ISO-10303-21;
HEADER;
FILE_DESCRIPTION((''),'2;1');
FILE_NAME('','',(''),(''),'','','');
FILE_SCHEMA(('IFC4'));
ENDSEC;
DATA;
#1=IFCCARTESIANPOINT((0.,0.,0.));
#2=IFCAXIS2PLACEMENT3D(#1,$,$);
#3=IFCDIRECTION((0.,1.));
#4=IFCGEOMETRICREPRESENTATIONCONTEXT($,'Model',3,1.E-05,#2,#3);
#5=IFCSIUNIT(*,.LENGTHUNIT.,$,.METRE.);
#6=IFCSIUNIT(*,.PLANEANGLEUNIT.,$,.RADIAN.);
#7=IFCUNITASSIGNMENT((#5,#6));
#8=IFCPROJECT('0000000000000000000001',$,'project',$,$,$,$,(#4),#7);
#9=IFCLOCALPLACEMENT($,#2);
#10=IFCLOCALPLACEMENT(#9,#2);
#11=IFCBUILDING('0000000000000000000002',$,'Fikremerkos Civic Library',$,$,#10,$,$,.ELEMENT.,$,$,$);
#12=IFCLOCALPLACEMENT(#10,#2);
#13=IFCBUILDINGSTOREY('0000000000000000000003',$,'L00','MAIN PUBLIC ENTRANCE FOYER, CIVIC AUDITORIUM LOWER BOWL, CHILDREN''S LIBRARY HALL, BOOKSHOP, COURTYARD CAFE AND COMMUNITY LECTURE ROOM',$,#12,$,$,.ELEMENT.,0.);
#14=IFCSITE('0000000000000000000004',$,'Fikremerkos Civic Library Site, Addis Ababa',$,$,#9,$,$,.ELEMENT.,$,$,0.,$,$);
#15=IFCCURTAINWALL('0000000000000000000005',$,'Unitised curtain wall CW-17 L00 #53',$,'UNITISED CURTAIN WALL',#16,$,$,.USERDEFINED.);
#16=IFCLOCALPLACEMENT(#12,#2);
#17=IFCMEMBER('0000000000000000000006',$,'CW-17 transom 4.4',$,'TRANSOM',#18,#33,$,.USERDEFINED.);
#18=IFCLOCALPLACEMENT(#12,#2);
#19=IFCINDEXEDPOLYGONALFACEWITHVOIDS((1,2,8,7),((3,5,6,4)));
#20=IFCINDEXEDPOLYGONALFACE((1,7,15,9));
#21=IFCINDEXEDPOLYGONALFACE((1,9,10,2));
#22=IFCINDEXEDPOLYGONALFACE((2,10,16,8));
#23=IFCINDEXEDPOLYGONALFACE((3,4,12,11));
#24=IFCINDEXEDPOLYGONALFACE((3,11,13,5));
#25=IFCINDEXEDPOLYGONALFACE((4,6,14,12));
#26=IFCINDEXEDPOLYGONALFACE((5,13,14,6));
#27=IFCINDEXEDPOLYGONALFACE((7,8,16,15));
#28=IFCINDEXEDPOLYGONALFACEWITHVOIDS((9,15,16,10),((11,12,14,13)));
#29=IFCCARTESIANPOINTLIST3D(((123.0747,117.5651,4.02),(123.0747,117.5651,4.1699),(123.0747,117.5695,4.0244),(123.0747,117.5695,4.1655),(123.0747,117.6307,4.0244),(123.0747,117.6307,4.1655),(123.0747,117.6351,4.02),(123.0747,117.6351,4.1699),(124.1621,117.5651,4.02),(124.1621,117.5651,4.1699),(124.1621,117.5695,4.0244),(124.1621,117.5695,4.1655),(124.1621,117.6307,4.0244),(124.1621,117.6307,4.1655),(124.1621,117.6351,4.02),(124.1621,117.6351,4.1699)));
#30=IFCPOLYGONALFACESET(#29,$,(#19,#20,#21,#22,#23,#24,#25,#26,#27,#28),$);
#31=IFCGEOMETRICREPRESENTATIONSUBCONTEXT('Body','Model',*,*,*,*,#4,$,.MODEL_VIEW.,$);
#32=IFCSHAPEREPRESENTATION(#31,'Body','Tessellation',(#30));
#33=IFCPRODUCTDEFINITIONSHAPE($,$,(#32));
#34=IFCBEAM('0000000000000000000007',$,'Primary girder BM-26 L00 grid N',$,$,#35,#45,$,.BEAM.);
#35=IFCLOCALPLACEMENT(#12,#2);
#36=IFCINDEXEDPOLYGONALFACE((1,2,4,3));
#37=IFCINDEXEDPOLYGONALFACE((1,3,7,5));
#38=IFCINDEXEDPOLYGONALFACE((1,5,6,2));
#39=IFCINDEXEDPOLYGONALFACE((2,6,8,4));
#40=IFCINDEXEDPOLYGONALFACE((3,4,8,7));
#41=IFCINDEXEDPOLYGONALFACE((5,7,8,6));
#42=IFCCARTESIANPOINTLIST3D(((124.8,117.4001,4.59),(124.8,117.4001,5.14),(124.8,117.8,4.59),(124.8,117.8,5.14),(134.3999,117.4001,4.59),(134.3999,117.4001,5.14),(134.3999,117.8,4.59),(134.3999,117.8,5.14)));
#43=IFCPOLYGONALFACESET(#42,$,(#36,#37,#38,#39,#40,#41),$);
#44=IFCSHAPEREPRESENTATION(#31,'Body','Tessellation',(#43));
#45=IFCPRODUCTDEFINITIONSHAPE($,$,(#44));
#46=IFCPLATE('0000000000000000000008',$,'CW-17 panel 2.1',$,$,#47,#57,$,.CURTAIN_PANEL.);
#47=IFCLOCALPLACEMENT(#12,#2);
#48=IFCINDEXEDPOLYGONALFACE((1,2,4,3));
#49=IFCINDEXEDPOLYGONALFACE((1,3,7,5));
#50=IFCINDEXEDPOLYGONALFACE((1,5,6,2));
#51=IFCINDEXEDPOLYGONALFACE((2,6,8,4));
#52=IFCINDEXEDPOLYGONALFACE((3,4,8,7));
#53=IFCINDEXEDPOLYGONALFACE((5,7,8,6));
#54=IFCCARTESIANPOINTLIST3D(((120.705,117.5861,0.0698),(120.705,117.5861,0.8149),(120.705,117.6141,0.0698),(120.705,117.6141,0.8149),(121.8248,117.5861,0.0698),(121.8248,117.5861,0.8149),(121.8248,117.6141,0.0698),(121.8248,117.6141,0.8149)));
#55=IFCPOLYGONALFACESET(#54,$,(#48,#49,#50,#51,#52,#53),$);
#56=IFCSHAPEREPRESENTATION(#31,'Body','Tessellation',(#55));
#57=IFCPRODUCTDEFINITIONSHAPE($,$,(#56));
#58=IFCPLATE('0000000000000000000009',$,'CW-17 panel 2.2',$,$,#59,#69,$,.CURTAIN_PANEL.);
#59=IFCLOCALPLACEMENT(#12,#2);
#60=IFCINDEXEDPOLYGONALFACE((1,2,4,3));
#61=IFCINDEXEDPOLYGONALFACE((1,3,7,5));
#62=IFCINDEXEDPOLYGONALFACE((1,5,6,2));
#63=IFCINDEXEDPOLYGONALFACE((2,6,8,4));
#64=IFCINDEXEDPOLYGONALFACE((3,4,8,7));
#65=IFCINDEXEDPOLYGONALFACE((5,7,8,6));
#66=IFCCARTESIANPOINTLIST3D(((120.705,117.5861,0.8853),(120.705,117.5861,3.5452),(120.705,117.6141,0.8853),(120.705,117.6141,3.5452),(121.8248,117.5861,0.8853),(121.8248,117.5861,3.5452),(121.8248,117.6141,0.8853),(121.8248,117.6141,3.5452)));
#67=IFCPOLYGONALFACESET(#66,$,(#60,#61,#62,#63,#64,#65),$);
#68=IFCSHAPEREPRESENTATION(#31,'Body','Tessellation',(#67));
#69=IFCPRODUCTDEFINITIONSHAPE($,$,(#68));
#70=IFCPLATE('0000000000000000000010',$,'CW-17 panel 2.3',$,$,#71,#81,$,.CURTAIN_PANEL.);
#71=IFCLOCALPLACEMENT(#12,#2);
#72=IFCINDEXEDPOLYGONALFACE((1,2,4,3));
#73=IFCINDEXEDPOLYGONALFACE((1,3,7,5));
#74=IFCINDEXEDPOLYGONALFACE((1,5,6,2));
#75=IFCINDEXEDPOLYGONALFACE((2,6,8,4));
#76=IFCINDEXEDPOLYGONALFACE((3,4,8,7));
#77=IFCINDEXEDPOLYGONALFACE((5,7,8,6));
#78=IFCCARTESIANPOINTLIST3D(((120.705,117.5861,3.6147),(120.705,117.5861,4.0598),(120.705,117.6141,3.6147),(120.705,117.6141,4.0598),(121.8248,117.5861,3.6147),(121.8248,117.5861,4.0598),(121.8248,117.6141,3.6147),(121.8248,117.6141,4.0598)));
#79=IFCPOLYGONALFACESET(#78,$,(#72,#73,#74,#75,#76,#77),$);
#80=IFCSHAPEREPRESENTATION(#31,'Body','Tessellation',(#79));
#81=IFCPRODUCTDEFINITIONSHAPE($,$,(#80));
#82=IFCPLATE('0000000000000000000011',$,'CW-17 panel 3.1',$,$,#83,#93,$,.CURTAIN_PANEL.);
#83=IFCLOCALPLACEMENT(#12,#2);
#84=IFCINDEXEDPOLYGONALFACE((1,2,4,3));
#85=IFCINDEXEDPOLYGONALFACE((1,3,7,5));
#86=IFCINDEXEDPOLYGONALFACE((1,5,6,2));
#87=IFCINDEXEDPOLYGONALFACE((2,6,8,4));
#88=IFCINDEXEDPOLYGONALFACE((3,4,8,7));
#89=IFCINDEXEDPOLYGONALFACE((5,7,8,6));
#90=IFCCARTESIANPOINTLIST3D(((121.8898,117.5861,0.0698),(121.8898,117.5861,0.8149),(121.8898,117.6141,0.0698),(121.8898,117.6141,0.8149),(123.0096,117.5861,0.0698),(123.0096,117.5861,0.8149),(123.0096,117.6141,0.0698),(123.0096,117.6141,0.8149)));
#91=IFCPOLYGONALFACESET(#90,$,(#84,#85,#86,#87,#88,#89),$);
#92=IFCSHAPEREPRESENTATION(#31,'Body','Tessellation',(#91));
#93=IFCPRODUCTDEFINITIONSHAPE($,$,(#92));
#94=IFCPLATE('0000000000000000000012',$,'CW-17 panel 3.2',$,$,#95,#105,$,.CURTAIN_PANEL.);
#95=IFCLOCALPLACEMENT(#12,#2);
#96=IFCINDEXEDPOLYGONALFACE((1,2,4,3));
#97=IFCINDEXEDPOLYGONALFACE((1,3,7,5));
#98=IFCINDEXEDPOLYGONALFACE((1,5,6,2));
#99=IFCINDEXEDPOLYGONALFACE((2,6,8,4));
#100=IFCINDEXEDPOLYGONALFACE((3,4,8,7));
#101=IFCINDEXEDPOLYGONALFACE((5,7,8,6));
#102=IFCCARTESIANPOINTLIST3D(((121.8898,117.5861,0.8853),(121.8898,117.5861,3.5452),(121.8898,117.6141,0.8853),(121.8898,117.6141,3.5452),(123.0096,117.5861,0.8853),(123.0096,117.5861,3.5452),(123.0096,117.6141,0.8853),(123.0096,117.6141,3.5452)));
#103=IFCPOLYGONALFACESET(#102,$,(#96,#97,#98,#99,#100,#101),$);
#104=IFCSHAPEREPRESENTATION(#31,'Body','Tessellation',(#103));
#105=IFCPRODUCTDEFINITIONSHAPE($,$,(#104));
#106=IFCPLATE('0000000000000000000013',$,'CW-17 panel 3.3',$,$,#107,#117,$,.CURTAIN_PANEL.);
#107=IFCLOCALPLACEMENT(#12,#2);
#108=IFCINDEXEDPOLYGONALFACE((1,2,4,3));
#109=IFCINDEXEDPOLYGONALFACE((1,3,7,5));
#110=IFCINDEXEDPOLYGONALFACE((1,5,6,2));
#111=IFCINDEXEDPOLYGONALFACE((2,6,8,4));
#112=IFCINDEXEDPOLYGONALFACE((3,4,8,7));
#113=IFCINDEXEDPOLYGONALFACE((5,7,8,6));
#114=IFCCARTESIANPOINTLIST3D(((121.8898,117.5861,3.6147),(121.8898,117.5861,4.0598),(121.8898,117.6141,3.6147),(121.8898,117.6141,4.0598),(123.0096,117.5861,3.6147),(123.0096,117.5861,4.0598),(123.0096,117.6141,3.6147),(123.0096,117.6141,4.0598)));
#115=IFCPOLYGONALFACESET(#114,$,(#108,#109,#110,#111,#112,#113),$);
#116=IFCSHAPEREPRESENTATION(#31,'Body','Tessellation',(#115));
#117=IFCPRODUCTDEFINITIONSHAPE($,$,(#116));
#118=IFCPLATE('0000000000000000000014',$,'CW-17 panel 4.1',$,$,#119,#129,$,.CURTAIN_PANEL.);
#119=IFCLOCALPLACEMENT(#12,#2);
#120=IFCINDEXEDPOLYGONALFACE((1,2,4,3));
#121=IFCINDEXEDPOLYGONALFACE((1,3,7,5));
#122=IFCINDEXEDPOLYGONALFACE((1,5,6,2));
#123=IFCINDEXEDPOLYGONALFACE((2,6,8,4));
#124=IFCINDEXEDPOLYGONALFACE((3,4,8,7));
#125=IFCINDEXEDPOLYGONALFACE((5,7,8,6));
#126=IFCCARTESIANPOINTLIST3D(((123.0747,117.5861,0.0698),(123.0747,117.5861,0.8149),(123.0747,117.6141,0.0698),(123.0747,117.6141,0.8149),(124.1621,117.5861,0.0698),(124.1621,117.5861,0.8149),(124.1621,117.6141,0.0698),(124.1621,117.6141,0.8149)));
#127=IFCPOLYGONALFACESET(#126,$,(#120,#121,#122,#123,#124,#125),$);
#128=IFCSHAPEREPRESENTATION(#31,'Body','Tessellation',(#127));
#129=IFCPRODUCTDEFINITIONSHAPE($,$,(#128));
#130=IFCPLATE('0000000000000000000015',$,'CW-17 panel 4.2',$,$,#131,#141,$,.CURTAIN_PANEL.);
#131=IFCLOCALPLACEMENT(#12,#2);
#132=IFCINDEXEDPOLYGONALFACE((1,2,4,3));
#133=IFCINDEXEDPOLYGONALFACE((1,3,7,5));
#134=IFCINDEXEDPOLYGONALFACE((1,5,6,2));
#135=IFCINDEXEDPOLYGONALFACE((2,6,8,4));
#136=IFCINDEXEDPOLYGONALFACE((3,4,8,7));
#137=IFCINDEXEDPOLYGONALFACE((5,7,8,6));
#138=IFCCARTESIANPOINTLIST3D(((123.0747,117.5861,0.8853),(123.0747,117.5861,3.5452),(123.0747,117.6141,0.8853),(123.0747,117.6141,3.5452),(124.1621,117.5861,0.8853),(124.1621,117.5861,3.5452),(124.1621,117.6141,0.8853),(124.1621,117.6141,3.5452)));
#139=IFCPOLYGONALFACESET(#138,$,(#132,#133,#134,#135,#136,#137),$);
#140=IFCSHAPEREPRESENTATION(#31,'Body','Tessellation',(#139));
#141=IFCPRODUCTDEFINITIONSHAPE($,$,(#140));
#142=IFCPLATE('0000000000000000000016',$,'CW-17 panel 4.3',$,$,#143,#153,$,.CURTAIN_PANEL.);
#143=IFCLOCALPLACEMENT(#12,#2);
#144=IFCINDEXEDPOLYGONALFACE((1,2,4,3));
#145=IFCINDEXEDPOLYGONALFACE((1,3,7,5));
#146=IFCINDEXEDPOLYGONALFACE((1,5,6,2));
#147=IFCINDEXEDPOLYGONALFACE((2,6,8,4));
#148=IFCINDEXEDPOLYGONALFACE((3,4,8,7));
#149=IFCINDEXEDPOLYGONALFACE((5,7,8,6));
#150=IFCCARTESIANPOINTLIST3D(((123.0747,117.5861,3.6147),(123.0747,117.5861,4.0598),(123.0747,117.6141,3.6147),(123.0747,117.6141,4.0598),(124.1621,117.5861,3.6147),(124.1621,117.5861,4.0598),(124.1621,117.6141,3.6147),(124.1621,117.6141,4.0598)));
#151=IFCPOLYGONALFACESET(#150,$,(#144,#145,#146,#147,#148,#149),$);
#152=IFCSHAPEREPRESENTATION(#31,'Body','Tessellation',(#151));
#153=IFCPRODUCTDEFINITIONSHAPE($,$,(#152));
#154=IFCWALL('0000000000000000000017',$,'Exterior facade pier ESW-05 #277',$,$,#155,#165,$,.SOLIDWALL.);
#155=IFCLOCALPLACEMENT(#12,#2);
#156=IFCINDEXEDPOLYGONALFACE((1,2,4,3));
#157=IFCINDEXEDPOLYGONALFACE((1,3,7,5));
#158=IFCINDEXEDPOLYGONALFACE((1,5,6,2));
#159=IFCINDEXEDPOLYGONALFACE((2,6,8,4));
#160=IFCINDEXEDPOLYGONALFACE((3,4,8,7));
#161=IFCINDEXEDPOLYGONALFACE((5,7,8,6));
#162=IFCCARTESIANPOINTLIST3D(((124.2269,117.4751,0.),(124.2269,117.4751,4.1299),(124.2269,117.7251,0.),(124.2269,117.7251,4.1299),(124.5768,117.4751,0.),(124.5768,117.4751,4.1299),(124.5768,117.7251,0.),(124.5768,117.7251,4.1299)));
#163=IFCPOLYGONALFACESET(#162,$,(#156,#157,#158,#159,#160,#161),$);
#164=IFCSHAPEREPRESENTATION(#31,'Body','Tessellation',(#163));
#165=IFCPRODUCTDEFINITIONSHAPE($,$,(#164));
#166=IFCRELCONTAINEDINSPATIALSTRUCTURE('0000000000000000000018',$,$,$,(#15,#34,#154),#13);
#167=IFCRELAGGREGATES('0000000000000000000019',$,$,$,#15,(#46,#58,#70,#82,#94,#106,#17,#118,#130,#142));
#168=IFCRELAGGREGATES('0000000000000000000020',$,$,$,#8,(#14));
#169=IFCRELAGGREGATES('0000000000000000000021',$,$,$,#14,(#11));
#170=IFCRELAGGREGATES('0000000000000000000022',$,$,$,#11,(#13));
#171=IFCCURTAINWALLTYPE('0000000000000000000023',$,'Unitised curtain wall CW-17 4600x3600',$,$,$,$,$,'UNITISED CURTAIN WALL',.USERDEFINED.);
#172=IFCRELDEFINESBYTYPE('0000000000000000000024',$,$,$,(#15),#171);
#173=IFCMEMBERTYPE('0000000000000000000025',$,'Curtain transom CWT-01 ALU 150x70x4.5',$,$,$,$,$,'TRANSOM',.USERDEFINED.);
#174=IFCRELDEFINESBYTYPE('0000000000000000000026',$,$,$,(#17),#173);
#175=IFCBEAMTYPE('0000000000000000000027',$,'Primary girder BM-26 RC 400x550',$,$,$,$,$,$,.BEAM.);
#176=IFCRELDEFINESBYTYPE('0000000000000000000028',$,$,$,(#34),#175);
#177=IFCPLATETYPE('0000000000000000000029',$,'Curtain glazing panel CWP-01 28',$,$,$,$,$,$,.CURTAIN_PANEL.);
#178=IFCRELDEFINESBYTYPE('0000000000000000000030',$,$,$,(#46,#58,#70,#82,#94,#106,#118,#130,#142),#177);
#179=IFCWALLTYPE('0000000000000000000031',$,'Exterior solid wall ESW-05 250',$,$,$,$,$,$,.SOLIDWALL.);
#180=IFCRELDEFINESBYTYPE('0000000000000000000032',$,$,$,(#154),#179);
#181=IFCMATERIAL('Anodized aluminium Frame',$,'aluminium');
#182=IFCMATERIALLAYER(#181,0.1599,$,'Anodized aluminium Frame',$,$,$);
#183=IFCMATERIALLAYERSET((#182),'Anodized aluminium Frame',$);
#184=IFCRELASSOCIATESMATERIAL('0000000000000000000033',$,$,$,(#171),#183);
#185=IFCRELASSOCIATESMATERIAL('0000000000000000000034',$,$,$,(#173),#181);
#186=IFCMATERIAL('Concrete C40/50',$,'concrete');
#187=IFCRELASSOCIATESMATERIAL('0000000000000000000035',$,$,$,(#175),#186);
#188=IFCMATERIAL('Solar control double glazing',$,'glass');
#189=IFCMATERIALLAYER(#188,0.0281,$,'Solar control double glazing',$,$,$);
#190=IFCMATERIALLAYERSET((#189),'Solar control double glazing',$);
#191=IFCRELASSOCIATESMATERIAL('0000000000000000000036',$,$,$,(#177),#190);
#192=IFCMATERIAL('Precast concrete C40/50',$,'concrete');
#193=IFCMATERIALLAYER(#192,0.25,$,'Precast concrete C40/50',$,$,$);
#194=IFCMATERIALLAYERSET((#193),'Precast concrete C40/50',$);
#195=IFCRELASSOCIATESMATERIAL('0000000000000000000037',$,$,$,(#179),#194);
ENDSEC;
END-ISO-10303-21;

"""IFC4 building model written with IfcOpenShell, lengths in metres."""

from ifc_helpers import new_model, si_unit, direction, frame, frame_2d, origin, origin_2d, place, context, subcontext, project, spatial, rectangle, hollow_rectangle, extrude, material, layer, layer_set, material_profile, profile_set, type_object, element, aggregate, save


model = new_model("IFC4")

# Units and contexts
model_context = context("Model", 3, precision=1e-05, world=origin(), true_north=direction((0.0, 1.0)))
body_context = subcontext(model_context, "Body", "Model", "MODEL_VIEW")
ifc_project = project(units=[si_unit("LENGTHUNIT", "METRE"), si_unit("PLANEANGLEUNIT", "RADIAN")], contexts=[model_context])

# Site, building, storey
site_placement = place(None, origin())
site = spatial("IfcSite", under=ifc_project, at=site_placement, Name="Fikremerkos Civic Library Site, Addis Ababa", CompositionType="ELEMENT", RefElevation=0.0)
building_placement = place(site_placement, origin())
building = spatial("IfcBuilding", under=site, at=building_placement, Name="Fikremerkos Civic Library", CompositionType="ELEMENT")
storey_placement = place(building_placement, origin())
storey = spatial("IfcBuildingStorey", under=building, at=storey_placement, Name="L00", Description="MAIN PUBLIC ENTRANCE FOYER, CIVIC AUDITORIUM LOWER BOWL, CHILDREN'S LIBRARY HALL, BOOKSHOP, COURTYARD CAFE AND COMMUNITY LECTURE ROOM", CompositionType="ELEMENT", Elevation=0.0)

# Shared definitions
ifc_material_1 = material(Name="Concrete C40/50", Category="concrete")

# Curtain wall, member
ifc_material_2 = material(Name="Anodized aluminium Frame", Category="aluminium")
ifc_layer_1 = layer(ifc_material_2, 0.1599, Name="Anodized aluminium Frame")
ifc_layer_set_1 = layer_set([ifc_layer_1], Name="Anodized aluminium Frame")
curtain_wall_type = type_object("IfcCurtainWallType", Name="Unitised curtain wall CW-17 4600x3600", ElementType="UNITISED CURTAIN WALL", PredefinedType="USERDEFINED", material=ifc_layer_set_1)
curtain_wall_placement = place(storey_placement, origin())
curtain_wall = element("IfcCurtainWall", 1, at=curtain_wall_placement, inside=storey, type_object=curtain_wall_type, Name="Unitised curtain wall CW-17 L00 #53", ObjectType="UNITISED CURTAIN WALL", PredefinedType="USERDEFINED")
ifc_material_profile_1 = material_profile(ifc_material_2, hollow_rectangle(XDim=0.0701, YDim=0.1499, WallThickness=0.0044, at=origin_2d()), Name="ALU 150x70x4.5")
ifc_profile_set_1 = profile_set([ifc_material_profile_1], Name="Anodized aluminium Frame")
member_type_1 = type_object("IfcMemberType", Name="Curtain transom CWT-01 ALU 150x70x4.5", ElementType="TRANSOM", PredefinedType="USERDEFINED", material=ifc_profile_set_1)
member_1_placement = place(storey_placement, frame((123.0747, 117.6001, 4.095), z_axis=(1.0, 0.0, 0.0), x_axis=(0.0, 1.0, 0.0)))
member_1 = element("IfcMember", 2, at=member_1_placement, type_object=member_type_1, Name="CW-17 transom 4.4", ObjectType="TRANSOM", PredefinedType="USERDEFINED", context=body_context, shape_type="SweptSolid", body=[
    extrude(hollow_rectangle(XDim=0.0701, YDim=0.1499, WallThickness=0.0044, at=origin_2d()), origin(), (0.0, 0.0, 1.0), 1.0874),
])

# Beam
ifc_material_profile_2 = material_profile(ifc_material_1, rectangle(XDim=0.3999, YDim=0.55, at=origin_2d()), Name="RC 400x550")
ifc_profile_set_2 = profile_set([ifc_material_profile_2], Name="Concrete C40/50")
beam_type = type_object("IfcBeamType", Name="Primary girder BM-26 RC 400x550", PredefinedType="BEAM", material=ifc_profile_set_2)
beam_placement = place(storey_placement, frame((124.8, 117.6001, 4.865), z_axis=(1.0, 0.0, 0.0), x_axis=(0.0, 1.0, 0.0)))
element("IfcBeam", 3, at=beam_placement, inside=storey, type_object=beam_type, Name="Primary girder BM-26 L00 grid N", PredefinedType="BEAM", context=body_context, shape_type="SweptSolid", body=[
    extrude(rectangle(XDim=0.3999, YDim=0.55, at=origin_2d()), origin(), (0.0, 0.0, 1.0), 9.5999),
])

# Plates
ifc_material_3 = material(Name="Solar control double glazing", Category="glass")
ifc_layer_2 = layer(ifc_material_3, 0.0281, Name="Solar control double glazing")
ifc_layer_set_2 = layer_set([ifc_layer_2], Name="Solar control double glazing")
plate_type = type_object("IfcPlateType", Name="Curtain glazing panel CWP-01 28", PredefinedType="CURTAIN_PANEL", material=ifc_layer_set_2)
plate_1_placement = place(storey_placement, frame((121.2649, 117.6001, 0.0698), z_axis=(0.0, 0.0, 1.0), x_axis=(1.0, 0.0, 0.0)))
plate_1 = element("IfcPlate", 4, at=plate_1_placement, type_object=plate_type, Name="CW-17 panel 2.1", PredefinedType="CURTAIN_PANEL", context=body_context, shape_type="SweptSolid", body=[
    extrude(rectangle(XDim=1.1199, YDim=0.0281, at=origin_2d()), origin(), (0.0, 0.0, 1.0), 0.7451),
])
plate_2_placement = place(storey_placement, frame((121.2649, 117.6001, 0.8853), z_axis=(0.0, 0.0, 1.0), x_axis=(1.0, 0.0, 0.0)))
plate_2 = element("IfcPlate", 5, at=plate_2_placement, type_object=plate_type, Name="CW-17 panel 2.2", PredefinedType="CURTAIN_PANEL", context=body_context, shape_type="SweptSolid", body=[
    extrude(rectangle(XDim=1.1199, YDim=0.0281, at=origin_2d()), origin(), (0.0, 0.0, 1.0), 2.6599),
])
plate_3_placement = place(storey_placement, frame((121.2649, 117.6001, 3.6147), z_axis=(0.0, 0.0, 1.0), x_axis=(1.0, 0.0, 0.0)))
plate_3 = element("IfcPlate", 6, at=plate_3_placement, type_object=plate_type, Name="CW-17 panel 2.3", PredefinedType="CURTAIN_PANEL", context=body_context, shape_type="SweptSolid", body=[
    extrude(rectangle(XDim=1.1199, YDim=0.0281, at=origin_2d()), origin(), (0.0, 0.0, 1.0), 0.4451),
])
plate_4_placement = place(storey_placement, frame((122.4497, 117.6001, 0.0698), z_axis=(0.0, 0.0, 1.0), x_axis=(1.0, 0.0, 0.0)))
plate_4 = element("IfcPlate", 7, at=plate_4_placement, type_object=plate_type, Name="CW-17 panel 3.1", PredefinedType="CURTAIN_PANEL", context=body_context, shape_type="SweptSolid", body=[
    extrude(rectangle(XDim=1.1199, YDim=0.0281, at=origin_2d()), origin(), (0.0, 0.0, 1.0), 0.7451),
])
plate_5_placement = place(storey_placement, frame((122.4497, 117.6001, 0.8853), z_axis=(0.0, 0.0, 1.0), x_axis=(1.0, 0.0, 0.0)))
plate_5 = element("IfcPlate", 8, at=plate_5_placement, type_object=plate_type, Name="CW-17 panel 3.2", PredefinedType="CURTAIN_PANEL", context=body_context, shape_type="SweptSolid", body=[
    extrude(rectangle(XDim=1.1199, YDim=0.0281, at=origin_2d()), origin(), (0.0, 0.0, 1.0), 2.6599),
])
plate_6_placement = place(storey_placement, frame((122.4497, 117.6001, 3.6147), z_axis=(0.0, 0.0, 1.0), x_axis=(1.0, 0.0, 0.0)))
plate_6 = element("IfcPlate", 9, at=plate_6_placement, type_object=plate_type, Name="CW-17 panel 3.3", PredefinedType="CURTAIN_PANEL", context=body_context, shape_type="SweptSolid", body=[
    extrude(rectangle(XDim=1.1199, YDim=0.0281, at=origin_2d()), origin(), (0.0, 0.0, 1.0), 0.4451),
])
plate_7_placement = place(storey_placement, frame((123.6184, 117.6001, 0.0698), z_axis=(0.0, 0.0, 1.0), x_axis=(1.0, 0.0, 0.0)))
plate_7 = element("IfcPlate", 10, at=plate_7_placement, type_object=plate_type, Name="CW-17 panel 4.1", PredefinedType="CURTAIN_PANEL", context=body_context, shape_type="SweptSolid", body=[
    extrude(rectangle(XDim=1.0874, YDim=0.0281, at=origin_2d()), origin(), (0.0, 0.0, 1.0), 0.7451),
])
plate_8_placement = place(storey_placement, frame((123.6184, 117.6001, 0.8853), z_axis=(0.0, 0.0, 1.0), x_axis=(1.0, 0.0, 0.0)))
plate_8 = element("IfcPlate", 11, at=plate_8_placement, type_object=plate_type, Name="CW-17 panel 4.2", PredefinedType="CURTAIN_PANEL", context=body_context, shape_type="SweptSolid", body=[
    extrude(rectangle(XDim=1.0874, YDim=0.0281, at=origin_2d()), origin(), (0.0, 0.0, 1.0), 2.6599),
])
plate_9_placement = place(storey_placement, frame((123.6184, 117.6001, 3.6147), z_axis=(0.0, 0.0, 1.0), x_axis=(1.0, 0.0, 0.0)))
plate_9 = element("IfcPlate", 12, at=plate_9_placement, type_object=plate_type, Name="CW-17 panel 4.3", PredefinedType="CURTAIN_PANEL", context=body_context, shape_type="SweptSolid", body=[
    extrude(rectangle(XDim=1.0874, YDim=0.0281, at=origin_2d()), origin(), (0.0, 0.0, 1.0), 0.4451),
])
aggregate(curtain_wall, [plate_1, plate_2, plate_3, plate_4, plate_5, plate_6, member_1, plate_7, plate_8, plate_9])

# Wall
ifc_material_4 = material(Name="Precast concrete C40/50", Category="concrete")
ifc_layer_3 = layer(ifc_material_4, 0.25, Name="Precast concrete C40/50")
ifc_layer_set_3 = layer_set([ifc_layer_3], Name="Precast concrete C40/50")
wall_type = type_object("IfcWallType", Name="Exterior solid wall ESW-05 250", PredefinedType="SOLIDWALL", material=ifc_layer_set_3)
wall_placement = place(storey_placement, frame((124.2271, 117.6001, 0.0), z_axis=(0.0, 0.0, 1.0), x_axis=(1.0, 0.0, 0.0)))
element("IfcWall", 13, at=wall_placement, inside=storey, type_object=wall_type, Name="Exterior facade pier ESW-05 #277", PredefinedType="SOLIDWALL", context=body_context, shape_type="SweptSolid", body=[
    extrude(rectangle(XDim=0.3499, YDim=0.25, at=frame_2d((0.1748, 0.0))), origin(), (0.0, 0.0, 1.0), 4.1299),
])

save(model, "model.ifc")
